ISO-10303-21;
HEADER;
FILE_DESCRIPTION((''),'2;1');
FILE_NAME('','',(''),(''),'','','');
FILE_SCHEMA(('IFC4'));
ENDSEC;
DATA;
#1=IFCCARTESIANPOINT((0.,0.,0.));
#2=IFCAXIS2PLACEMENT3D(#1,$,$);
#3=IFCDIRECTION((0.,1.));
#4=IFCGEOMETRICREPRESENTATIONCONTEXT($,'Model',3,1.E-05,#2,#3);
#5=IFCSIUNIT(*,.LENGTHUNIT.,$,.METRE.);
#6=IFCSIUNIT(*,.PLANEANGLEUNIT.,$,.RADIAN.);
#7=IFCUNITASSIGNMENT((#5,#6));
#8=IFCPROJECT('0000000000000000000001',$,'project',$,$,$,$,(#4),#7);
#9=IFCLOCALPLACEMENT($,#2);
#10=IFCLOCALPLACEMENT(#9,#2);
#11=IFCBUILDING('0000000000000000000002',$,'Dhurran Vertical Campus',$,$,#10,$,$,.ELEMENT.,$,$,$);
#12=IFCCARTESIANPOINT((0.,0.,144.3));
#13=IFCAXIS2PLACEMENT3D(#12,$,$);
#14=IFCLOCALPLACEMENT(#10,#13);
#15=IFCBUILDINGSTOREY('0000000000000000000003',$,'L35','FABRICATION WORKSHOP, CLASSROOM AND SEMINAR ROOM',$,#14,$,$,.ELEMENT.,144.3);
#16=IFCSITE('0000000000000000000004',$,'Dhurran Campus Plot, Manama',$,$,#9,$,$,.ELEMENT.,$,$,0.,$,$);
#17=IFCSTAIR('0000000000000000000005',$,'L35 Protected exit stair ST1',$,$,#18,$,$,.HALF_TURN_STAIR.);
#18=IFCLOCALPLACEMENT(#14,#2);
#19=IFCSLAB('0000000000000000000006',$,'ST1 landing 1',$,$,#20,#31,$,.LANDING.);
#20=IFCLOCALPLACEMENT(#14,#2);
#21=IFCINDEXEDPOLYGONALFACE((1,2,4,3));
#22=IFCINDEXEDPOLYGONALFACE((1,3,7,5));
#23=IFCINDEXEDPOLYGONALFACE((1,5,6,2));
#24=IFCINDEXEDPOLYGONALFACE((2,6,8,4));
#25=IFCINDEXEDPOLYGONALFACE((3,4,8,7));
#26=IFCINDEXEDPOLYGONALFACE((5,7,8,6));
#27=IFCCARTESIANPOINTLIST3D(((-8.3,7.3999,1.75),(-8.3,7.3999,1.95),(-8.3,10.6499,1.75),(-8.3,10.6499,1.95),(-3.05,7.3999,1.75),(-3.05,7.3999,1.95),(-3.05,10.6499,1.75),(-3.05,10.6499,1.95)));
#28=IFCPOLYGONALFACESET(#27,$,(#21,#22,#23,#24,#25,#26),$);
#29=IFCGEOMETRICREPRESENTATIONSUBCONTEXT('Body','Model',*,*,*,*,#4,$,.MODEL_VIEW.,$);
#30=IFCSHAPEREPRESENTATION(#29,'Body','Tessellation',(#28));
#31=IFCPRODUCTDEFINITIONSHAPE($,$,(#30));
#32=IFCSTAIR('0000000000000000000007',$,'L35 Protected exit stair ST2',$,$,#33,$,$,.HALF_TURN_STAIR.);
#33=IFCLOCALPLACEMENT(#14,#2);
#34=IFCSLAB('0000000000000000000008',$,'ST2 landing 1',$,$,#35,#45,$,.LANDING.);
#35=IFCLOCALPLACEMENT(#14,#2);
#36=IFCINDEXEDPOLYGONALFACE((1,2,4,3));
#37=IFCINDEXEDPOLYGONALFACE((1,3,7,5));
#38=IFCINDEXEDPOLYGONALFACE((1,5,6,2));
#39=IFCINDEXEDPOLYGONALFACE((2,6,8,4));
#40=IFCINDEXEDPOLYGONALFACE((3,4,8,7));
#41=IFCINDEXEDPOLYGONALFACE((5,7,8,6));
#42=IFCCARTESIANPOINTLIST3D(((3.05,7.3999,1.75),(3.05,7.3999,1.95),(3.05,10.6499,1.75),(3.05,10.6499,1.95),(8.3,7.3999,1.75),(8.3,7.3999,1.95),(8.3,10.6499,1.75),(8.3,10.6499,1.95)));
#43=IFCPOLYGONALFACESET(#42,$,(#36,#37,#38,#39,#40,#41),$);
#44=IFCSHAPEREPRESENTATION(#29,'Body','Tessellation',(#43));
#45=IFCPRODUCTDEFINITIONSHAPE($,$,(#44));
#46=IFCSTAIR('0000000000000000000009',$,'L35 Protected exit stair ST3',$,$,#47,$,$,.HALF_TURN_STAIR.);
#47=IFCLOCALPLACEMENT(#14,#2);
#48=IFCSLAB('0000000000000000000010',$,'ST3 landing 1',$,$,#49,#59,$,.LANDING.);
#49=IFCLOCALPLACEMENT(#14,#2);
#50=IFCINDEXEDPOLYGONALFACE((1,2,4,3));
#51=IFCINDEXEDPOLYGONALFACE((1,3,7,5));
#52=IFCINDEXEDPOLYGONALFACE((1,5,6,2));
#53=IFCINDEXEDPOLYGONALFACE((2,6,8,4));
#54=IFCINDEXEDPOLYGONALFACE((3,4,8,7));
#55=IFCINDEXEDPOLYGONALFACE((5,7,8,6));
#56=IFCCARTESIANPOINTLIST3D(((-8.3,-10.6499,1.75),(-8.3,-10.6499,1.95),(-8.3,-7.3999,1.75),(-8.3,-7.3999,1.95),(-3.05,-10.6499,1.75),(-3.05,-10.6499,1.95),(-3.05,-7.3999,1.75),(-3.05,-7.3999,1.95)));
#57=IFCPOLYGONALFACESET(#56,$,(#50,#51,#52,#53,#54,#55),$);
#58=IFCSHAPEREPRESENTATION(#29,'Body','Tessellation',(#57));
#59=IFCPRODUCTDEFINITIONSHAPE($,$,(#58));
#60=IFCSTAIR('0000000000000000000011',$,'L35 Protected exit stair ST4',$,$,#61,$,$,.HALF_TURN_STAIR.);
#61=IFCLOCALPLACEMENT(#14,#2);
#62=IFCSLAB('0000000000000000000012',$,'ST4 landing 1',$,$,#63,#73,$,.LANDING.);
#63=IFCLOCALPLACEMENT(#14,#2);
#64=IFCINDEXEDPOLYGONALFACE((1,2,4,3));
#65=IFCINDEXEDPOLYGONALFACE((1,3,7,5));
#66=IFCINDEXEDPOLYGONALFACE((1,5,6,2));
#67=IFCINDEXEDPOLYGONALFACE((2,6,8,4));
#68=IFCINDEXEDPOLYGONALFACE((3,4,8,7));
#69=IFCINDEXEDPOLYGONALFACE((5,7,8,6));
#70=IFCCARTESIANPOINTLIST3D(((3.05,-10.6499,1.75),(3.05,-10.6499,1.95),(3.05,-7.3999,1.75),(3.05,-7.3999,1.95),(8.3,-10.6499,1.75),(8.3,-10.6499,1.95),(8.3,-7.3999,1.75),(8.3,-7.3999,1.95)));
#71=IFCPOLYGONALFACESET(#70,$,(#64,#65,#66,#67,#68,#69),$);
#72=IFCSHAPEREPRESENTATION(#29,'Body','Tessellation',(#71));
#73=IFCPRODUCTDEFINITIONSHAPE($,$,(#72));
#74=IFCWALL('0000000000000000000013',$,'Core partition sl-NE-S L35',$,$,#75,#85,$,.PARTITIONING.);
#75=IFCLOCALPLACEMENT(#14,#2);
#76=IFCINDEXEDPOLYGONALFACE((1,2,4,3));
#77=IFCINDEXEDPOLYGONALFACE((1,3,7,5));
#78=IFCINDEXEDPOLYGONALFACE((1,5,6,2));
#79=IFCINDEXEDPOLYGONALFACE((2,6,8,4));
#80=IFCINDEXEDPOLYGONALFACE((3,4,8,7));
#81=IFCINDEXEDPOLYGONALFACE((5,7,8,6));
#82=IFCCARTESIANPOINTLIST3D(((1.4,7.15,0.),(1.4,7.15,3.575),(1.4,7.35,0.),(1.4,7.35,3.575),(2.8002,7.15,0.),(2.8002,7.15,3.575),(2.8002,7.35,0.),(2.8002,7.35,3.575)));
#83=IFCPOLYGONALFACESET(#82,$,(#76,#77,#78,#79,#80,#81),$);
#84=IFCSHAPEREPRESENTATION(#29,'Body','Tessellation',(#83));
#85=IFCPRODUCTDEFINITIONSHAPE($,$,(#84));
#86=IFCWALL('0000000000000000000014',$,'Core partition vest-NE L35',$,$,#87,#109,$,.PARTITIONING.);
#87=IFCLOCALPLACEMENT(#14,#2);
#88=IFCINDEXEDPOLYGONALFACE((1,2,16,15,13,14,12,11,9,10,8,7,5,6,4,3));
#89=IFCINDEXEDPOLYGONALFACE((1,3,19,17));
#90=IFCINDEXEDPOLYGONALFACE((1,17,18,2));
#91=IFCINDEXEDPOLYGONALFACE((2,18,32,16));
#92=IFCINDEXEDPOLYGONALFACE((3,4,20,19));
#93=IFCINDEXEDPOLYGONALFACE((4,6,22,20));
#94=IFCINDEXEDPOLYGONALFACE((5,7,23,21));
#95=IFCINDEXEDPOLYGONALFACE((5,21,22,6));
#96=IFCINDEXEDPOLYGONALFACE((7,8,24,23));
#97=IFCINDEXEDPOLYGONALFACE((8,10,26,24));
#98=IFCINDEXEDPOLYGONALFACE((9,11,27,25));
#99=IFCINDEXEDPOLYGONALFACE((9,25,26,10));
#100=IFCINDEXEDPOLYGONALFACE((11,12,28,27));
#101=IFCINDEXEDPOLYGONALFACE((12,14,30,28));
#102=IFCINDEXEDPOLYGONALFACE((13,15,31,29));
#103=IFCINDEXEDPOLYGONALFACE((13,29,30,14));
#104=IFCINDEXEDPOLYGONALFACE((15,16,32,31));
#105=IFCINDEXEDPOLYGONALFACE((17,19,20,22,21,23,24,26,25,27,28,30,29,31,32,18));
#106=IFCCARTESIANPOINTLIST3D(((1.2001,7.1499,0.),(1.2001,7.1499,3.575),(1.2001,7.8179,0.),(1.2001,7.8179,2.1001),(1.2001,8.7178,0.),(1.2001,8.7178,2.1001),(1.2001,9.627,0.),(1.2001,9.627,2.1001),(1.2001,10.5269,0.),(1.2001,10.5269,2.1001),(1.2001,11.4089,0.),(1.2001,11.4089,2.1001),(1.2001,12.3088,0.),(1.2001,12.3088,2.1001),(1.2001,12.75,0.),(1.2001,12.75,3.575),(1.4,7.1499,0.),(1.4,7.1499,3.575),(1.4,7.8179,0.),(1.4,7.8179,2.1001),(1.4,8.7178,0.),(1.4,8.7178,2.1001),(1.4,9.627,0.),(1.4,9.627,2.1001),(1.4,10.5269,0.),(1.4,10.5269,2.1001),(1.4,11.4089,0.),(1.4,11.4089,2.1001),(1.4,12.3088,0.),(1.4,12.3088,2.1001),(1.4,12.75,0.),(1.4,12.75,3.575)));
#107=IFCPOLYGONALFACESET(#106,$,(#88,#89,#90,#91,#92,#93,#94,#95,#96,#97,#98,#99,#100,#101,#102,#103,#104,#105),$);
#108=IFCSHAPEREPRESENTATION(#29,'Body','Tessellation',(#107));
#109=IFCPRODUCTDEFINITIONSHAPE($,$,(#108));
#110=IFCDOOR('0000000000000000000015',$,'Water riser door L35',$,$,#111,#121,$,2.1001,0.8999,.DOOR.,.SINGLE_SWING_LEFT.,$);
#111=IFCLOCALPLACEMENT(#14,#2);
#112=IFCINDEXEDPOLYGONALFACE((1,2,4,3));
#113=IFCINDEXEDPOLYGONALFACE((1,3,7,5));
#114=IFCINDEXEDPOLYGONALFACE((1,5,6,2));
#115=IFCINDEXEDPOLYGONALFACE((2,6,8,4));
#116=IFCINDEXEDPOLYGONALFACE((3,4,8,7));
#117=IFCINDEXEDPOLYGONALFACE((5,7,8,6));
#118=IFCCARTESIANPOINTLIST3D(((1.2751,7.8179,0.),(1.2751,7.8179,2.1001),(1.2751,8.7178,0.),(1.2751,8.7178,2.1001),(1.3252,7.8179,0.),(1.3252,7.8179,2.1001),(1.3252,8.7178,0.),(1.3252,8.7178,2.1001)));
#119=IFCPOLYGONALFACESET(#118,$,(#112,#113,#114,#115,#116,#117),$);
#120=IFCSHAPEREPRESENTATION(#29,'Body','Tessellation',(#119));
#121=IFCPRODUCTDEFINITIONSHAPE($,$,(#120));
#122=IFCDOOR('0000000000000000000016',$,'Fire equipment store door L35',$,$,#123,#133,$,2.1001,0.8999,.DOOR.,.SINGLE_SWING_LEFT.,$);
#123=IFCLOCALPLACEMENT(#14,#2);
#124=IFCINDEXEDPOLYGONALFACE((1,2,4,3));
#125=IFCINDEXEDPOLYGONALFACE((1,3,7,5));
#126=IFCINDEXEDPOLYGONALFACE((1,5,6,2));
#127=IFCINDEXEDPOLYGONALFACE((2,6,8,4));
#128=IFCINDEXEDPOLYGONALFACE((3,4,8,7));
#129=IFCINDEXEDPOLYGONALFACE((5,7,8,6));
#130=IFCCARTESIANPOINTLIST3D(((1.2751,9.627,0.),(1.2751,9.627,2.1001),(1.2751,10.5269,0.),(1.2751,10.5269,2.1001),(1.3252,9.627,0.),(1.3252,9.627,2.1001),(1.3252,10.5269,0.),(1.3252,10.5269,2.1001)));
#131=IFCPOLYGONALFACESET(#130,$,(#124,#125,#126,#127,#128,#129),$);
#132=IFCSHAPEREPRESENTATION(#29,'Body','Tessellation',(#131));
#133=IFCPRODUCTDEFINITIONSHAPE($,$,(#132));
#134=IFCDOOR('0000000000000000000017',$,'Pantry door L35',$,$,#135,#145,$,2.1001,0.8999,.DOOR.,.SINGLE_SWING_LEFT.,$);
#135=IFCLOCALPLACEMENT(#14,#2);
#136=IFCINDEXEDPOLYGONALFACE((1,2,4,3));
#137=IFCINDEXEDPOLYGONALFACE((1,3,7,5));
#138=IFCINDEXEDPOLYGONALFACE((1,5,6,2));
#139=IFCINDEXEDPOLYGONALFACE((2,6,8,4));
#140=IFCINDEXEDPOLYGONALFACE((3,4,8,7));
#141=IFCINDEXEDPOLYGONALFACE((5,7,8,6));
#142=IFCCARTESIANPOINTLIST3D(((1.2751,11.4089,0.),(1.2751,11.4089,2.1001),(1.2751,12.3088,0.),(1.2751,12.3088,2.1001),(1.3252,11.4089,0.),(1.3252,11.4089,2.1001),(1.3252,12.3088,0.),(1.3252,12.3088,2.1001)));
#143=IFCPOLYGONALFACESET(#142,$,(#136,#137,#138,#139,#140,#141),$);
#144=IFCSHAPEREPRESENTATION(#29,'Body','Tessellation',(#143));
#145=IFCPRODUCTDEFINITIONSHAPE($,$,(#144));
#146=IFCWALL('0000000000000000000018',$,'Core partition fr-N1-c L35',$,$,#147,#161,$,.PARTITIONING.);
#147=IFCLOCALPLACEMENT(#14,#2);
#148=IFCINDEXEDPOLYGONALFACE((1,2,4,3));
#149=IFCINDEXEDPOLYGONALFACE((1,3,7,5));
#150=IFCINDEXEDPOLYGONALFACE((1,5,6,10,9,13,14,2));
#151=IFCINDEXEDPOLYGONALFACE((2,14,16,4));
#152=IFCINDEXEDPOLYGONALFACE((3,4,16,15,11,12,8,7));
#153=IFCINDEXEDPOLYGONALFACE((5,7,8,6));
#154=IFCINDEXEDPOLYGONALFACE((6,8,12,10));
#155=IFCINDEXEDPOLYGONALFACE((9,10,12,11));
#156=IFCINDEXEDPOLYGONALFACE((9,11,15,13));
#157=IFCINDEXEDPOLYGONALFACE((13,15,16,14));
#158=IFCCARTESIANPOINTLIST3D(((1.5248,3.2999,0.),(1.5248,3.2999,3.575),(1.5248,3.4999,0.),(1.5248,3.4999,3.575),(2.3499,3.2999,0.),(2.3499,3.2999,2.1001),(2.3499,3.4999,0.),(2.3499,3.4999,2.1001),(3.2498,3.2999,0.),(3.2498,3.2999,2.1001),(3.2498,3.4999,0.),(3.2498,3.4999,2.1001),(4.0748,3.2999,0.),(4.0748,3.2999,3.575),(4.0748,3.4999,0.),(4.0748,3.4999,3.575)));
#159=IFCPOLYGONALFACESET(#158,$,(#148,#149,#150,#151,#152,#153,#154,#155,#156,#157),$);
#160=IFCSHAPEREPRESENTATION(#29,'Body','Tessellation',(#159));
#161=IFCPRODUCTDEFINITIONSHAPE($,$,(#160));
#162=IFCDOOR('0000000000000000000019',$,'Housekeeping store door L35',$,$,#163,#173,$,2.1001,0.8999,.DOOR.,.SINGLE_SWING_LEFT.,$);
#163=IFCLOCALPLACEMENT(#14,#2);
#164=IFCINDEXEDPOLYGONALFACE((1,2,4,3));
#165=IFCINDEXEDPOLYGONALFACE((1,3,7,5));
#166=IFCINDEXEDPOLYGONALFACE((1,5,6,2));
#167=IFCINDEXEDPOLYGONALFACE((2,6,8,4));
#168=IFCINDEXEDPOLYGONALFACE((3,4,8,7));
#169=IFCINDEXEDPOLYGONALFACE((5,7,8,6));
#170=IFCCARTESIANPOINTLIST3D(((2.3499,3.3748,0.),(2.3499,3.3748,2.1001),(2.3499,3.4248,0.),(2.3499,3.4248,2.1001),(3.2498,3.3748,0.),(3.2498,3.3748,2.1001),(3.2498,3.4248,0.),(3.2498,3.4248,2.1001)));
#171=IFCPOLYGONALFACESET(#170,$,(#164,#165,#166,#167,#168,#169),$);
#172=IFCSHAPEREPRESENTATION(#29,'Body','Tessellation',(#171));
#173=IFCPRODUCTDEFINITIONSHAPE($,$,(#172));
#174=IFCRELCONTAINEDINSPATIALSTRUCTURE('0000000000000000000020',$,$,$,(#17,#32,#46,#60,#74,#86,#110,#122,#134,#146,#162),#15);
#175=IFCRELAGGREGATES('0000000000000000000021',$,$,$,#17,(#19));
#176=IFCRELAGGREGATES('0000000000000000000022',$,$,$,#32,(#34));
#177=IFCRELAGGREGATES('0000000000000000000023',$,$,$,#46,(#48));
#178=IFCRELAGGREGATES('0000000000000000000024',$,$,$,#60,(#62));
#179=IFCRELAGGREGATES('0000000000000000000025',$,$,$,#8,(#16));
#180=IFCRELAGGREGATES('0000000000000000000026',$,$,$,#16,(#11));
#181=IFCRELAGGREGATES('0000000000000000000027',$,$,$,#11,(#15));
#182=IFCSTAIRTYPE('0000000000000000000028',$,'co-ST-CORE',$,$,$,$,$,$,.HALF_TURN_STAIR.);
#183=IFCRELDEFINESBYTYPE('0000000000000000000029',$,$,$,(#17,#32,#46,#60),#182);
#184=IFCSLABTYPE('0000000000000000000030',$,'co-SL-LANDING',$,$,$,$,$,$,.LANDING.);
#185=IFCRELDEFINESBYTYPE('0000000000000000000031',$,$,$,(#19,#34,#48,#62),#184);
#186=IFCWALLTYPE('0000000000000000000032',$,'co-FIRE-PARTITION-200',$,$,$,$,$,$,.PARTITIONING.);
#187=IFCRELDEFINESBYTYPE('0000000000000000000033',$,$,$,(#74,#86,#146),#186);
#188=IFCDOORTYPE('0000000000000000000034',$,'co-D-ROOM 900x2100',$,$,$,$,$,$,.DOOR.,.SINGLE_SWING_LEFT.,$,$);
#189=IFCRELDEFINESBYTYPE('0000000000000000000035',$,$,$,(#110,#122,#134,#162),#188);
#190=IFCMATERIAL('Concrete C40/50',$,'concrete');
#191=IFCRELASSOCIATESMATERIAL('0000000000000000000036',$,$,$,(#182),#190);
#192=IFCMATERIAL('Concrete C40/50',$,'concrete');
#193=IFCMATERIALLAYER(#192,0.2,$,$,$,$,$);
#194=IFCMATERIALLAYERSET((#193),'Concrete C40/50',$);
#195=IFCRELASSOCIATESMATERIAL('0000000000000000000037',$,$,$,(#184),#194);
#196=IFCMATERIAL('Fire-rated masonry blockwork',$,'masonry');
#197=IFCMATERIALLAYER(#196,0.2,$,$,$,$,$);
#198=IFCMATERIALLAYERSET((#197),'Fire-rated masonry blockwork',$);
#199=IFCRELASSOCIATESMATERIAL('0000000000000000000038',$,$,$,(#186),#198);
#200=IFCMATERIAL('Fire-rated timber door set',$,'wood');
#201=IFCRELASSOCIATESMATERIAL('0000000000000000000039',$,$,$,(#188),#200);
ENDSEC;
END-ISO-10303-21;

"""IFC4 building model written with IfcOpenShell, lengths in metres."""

from ifc_helpers import new_model, si_unit, direction, frame, frame_2d, origin, place, context, subcontext, project, spatial, polyline, rectangle, outline, extrude, material, layer, layer_set, type_object, element, fill, aggregate, save


model = new_model("IFC4")

# Units and contexts
model_context = context("Model", 3, precision=1e-05, world=origin(), true_north=direction((0.0, 1.0)))
body_context = subcontext(model_context, "Body", "Model", "MODEL_VIEW")
ifc_project = project(units=[si_unit("LENGTHUNIT", "METRE"), si_unit("PLANEANGLEUNIT", "RADIAN")], contexts=[model_context])

# Site, building, storey
site_placement = place(None, origin())
site = spatial("IfcSite", under=ifc_project, at=site_placement, Name="Dhurran Campus Plot, Manama", CompositionType="ELEMENT", RefElevation=0.0)
building_placement = place(site_placement, origin())
building = spatial("IfcBuilding", under=site, at=building_placement, Name="Dhurran Vertical Campus", CompositionType="ELEMENT")
storey_placement = place(building_placement, frame((0.0, 0.0, 144.3)))
storey = spatial("IfcBuildingStorey", under=building, at=storey_placement, Name="L35", Description="FABRICATION WORKSHOP, CLASSROOM AND SEMINAR ROOM", CompositionType="ELEMENT", Elevation=144.3)

# Stairs, slabs
ifc_material_1 = material(Name="Concrete C40/50", Category="concrete")
stair_type = type_object("IfcStairType", Name="co-ST-CORE", PredefinedType="HALF_TURN_STAIR", material=ifc_material_1)
stair_1_placement = place(storey_placement, origin())
stair_1 = element("IfcStair", 1, at=stair_1_placement, inside=storey, type_object=stair_type, Name="L35 Protected exit stair ST1", PredefinedType="HALF_TURN_STAIR")
ifc_material_2 = material(Name="Concrete C40/50", Category="concrete")
ifc_layer_1 = layer(ifc_material_2, 0.2)
ifc_layer_set_1 = layer_set([ifc_layer_1], Name="Concrete C40/50")
slab_type = type_object("IfcSlabType", Name="co-SL-LANDING", PredefinedType="LANDING", material=ifc_layer_set_1)
slab_1_placement = place(storey_placement, frame((0.0, 0.0, 1.75)))
slab_1 = element("IfcSlab", 2, at=slab_1_placement, type_object=slab_type, Name="ST1 landing 1", PredefinedType="LANDING", context=body_context, shape_type="SweptSolid", body=[
    extrude(outline(polyline([(-8.3, 7.3999), (-3.05, 7.3999), (-3.05, 10.6499), (-8.3, 10.6499), (-8.3, 7.3999)])), origin(), (0.0, 0.0, 1.0), 0.2),
])
aggregate(stair_1, [slab_1])
stair_2_placement = place(storey_placement, origin())
stair_2 = element("IfcStair", 3, at=stair_2_placement, inside=storey, type_object=stair_type, Name="L35 Protected exit stair ST2", PredefinedType="HALF_TURN_STAIR")
slab_2_placement = place(storey_placement, frame((0.0, 0.0, 1.75)))
slab_2 = element("IfcSlab", 4, at=slab_2_placement, type_object=slab_type, Name="ST2 landing 1", PredefinedType="LANDING", context=body_context, shape_type="SweptSolid", body=[
    extrude(outline(polyline([(8.3, 10.6499), (3.05, 10.6499), (3.05, 7.3999), (8.3, 7.3999), (8.3, 10.6499)])), origin(), (0.0, 0.0, 1.0), 0.2),
])
aggregate(stair_2, [slab_2])
stair_3_placement = place(storey_placement, origin())
stair_3 = element("IfcStair", 5, at=stair_3_placement, inside=storey, type_object=stair_type, Name="L35 Protected exit stair ST3", PredefinedType="HALF_TURN_STAIR")
slab_3_placement = place(storey_placement, frame((0.0, 0.0, 1.75)))
slab_3 = element("IfcSlab", 6, at=slab_3_placement, type_object=slab_type, Name="ST3 landing 1", PredefinedType="LANDING", context=body_context, shape_type="SweptSolid", body=[
    extrude(outline(polyline([(-8.3, -10.6499), (-3.05, -10.6499), (-3.05, -7.3999), (-8.3, -7.3999), (-8.3, -10.6499)])), origin(), (0.0, 0.0, 1.0), 0.2),
])
aggregate(stair_3, [slab_3])
stair_4_placement = place(storey_placement, origin())
stair_4 = element("IfcStair", 7, at=stair_4_placement, inside=storey, type_object=stair_type, Name="L35 Protected exit stair ST4", PredefinedType="HALF_TURN_STAIR")
slab_4_placement = place(storey_placement, frame((0.0, 0.0, 1.75)))
slab_4 = element("IfcSlab", 8, at=slab_4_placement, type_object=slab_type, Name="ST4 landing 1", PredefinedType="LANDING", context=body_context, shape_type="SweptSolid", body=[
    extrude(outline(polyline([(8.3, -7.3999), (3.05, -7.3999), (3.05, -10.6499), (8.3, -10.6499), (8.3, -7.3999)])), origin(), (0.0, 0.0, 1.0), 0.2),
])
aggregate(stair_4, [slab_4])

# Wall
ifc_material_3 = material(Name="Fire-rated masonry blockwork", Category="masonry")
ifc_layer_2 = layer(ifc_material_3, 0.2)
ifc_layer_set_2 = layer_set([ifc_layer_2], Name="Fire-rated masonry blockwork")
wall_type_1 = type_object("IfcWallType", Name="co-FIRE-PARTITION-200", PredefinedType="PARTITIONING", material=ifc_layer_set_2)
wall_1_placement = place(storey_placement, frame((1.3999, 7.25, 0.0), z_axis=(0.0, 0.0, 1.0), x_axis=(1.0, 0.0, 0.0)))
element("IfcWall", 9, at=wall_1_placement, inside=storey, type_object=wall_type_1, Name="Core partition sl-NE-S L35", PredefinedType="PARTITIONING", context=body_context, shape_type="SweptSolid", body=[
    extrude(rectangle(XDim=1.4001, YDim=0.2, at=frame_2d((0.7002, 0.0))), origin(), (0.0, 0.0, 1.0), 3.575),
])

# Wall, openings, doors
wall_2_placement = place(storey_placement, frame((1.3, 7.1499, 0.0), z_axis=(0.0, 0.0, 1.0), x_axis=(0.0, 1.0, 0.0)))
wall_2 = element("IfcWall", 10, at=wall_2_placement, inside=storey, type_object=wall_type_1, Name="Core partition vest-NE L35", PredefinedType="PARTITIONING", context=body_context, shape_type="SweptSolid", body=[
    extrude(rectangle(XDim=5.6001, YDim=0.2, at=frame_2d((2.8, 0.0))), origin(), (0.0, 0.0, 1.0), 3.575),
])
opening_1_placement = place(wall_2_placement, frame((0.668, 0.0, 0.0)))
opening_1 = element("IfcOpeningElement", 11, at=opening_1_placement, cuts=wall_2, PredefinedType="OPENING", context=body_context, shape_type="SweptSolid", body=[
    extrude(rectangle(XDim=0.8999, YDim=2.1001, at=frame_2d((0.45, 1.05))), frame((0.0, 0.1099, 0.0), z_axis=(0.0, -1.0, 0.0), x_axis=(1.0, 0.0, 0.0)), (0.0, 0.0, 1.0), 0.22),
])
opening_2_placement = place(wall_2_placement, frame((2.4771, 0.0, 0.0)))
opening_2 = element("IfcOpeningElement", 12, at=opening_2_placement, cuts=wall_2, PredefinedType="OPENING", context=body_context, shape_type="SweptSolid", body=[
    extrude(rectangle(XDim=0.8999, YDim=2.1001, at=frame_2d((0.45, 1.05))), frame((0.0, 0.1099, 0.0), z_axis=(0.0, -1.0, 0.0), x_axis=(1.0, 0.0, 0.0)), (0.0, 0.0, 1.0), 0.22),
])
opening_3_placement = place(wall_2_placement, frame((4.259, 0.0, 0.0)))
opening_3 = element("IfcOpeningElement", 13, at=opening_3_placement, cuts=wall_2, PredefinedType="OPENING", context=body_context, shape_type="SweptSolid", body=[
    extrude(rectangle(XDim=0.8999, YDim=2.1001, at=frame_2d((0.45, 1.05))), frame((0.0, 0.1099, 0.0), z_axis=(0.0, -1.0, 0.0), x_axis=(1.0, 0.0, 0.0)), (0.0, 0.0, 1.0), 0.22),
])
ifc_material_4 = material(Name="Fire-rated timber door set", Category="wood")
door_type_1 = type_object("IfcDoorType", Name="co-D-ROOM 900x2100", OperationType="SINGLE_SWING_LEFT", PredefinedType="DOOR", material=ifc_material_4)
door_1_placement = place(opening_1_placement, origin())
door_1 = element("IfcDoor", 14, at=door_1_placement, inside=storey, type_object=door_type_1, Name="Water riser door L35", OperationType="SINGLE_SWING_LEFT", OverallHeight=2.1001, OverallWidth=0.8999, PredefinedType="DOOR", context=body_context, shape_type="SweptSolid", body=[
    extrude(rectangle(XDim=0.8999, YDim=2.1001, at=frame_2d((0.45, 1.05))), frame((0.0, 0.0249, 0.0), z_axis=(0.0, -1.0, 0.0), x_axis=(1.0, 0.0, 0.0)), (0.0, 0.0, 1.0), 0.05),
])
fill(opening_1, door_1)
door_2_placement = place(opening_2_placement, origin())
door_2 = element("IfcDoor", 15, at=door_2_placement, inside=storey, type_object=door_type_1, Name="Fire equipment store door L35", OperationType="SINGLE_SWING_LEFT", OverallHeight=2.1001, OverallWidth=0.8999, PredefinedType="DOOR", context=body_context, shape_type="SweptSolid", body=[
    extrude(rectangle(XDim=0.8999, YDim=2.1001, at=frame_2d((0.45, 1.05))), frame((0.0, 0.0249, 0.0), z_axis=(0.0, -1.0, 0.0), x_axis=(1.0, 0.0, 0.0)), (0.0, 0.0, 1.0), 0.05),
])
fill(opening_2, door_2)
door_3_placement = place(opening_3_placement, origin())
door_3 = element("IfcDoor", 16, at=door_3_placement, inside=storey, type_object=door_type_1, Name="Pantry door L35", OperationType="SINGLE_SWING_LEFT", OverallHeight=2.1001, OverallWidth=0.8999, PredefinedType="DOOR", context=body_context, shape_type="SweptSolid", body=[
    extrude(rectangle(XDim=0.8999, YDim=2.1001, at=frame_2d((0.45, 1.05))), frame((0.0, 0.0249, 0.0), z_axis=(0.0, -1.0, 0.0), x_axis=(1.0, 0.0, 0.0)), (0.0, 0.0, 1.0), 0.05),
])
fill(opening_3, door_3)

# Wall, opening, door
wall_3_placement = place(storey_placement, frame((1.5249, 3.3999, 0.0), z_axis=(0.0, 0.0, 1.0), x_axis=(1.0, 0.0, 0.0)))
wall_3 = element("IfcWall", 17, at=wall_3_placement, inside=storey, type_object=wall_type_1, Name="Core partition fr-N1-c L35", PredefinedType="PARTITIONING", context=body_context, shape_type="SweptSolid", body=[
    extrude(rectangle(XDim=2.55, YDim=0.2, at=frame_2d((1.2749, 0.0))), origin(), (0.0, 0.0, 1.0), 3.575),
])
opening_4_placement = place(wall_3_placement, frame((0.825, 0.0, 0.0)))
opening_4 = element("IfcOpeningElement", 18, at=opening_4_placement, cuts=wall_3, PredefinedType="OPENING", context=body_context, shape_type="SweptSolid", body=[
    extrude(rectangle(XDim=0.8999, YDim=2.1001, at=frame_2d((0.45, 1.05))), frame((0.0, 0.1099, 0.0), z_axis=(0.0, -1.0, 0.0), x_axis=(1.0, 0.0, 0.0)), (0.0, 0.0, 1.0), 0.22),
])
door_4_placement = place(opening_4_placement, origin())
door_4 = element("IfcDoor", 19, at=door_4_placement, inside=storey, type_object=door_type_1, Name="Housekeeping store door L35", OperationType="SINGLE_SWING_LEFT", OverallHeight=2.1001, OverallWidth=0.8999, PredefinedType="DOOR", context=body_context, shape_type="SweptSolid", body=[
    extrude(rectangle(XDim=0.8999, YDim=2.1001, at=frame_2d((0.45, 1.05))), frame((0.0, 0.0249, 0.0), z_axis=(0.0, -1.0, 0.0), x_axis=(1.0, 0.0, 0.0)), (0.0, 0.0, 1.0), 0.05),
])
fill(opening_4, door_4)

save(model, "model.ifc")
